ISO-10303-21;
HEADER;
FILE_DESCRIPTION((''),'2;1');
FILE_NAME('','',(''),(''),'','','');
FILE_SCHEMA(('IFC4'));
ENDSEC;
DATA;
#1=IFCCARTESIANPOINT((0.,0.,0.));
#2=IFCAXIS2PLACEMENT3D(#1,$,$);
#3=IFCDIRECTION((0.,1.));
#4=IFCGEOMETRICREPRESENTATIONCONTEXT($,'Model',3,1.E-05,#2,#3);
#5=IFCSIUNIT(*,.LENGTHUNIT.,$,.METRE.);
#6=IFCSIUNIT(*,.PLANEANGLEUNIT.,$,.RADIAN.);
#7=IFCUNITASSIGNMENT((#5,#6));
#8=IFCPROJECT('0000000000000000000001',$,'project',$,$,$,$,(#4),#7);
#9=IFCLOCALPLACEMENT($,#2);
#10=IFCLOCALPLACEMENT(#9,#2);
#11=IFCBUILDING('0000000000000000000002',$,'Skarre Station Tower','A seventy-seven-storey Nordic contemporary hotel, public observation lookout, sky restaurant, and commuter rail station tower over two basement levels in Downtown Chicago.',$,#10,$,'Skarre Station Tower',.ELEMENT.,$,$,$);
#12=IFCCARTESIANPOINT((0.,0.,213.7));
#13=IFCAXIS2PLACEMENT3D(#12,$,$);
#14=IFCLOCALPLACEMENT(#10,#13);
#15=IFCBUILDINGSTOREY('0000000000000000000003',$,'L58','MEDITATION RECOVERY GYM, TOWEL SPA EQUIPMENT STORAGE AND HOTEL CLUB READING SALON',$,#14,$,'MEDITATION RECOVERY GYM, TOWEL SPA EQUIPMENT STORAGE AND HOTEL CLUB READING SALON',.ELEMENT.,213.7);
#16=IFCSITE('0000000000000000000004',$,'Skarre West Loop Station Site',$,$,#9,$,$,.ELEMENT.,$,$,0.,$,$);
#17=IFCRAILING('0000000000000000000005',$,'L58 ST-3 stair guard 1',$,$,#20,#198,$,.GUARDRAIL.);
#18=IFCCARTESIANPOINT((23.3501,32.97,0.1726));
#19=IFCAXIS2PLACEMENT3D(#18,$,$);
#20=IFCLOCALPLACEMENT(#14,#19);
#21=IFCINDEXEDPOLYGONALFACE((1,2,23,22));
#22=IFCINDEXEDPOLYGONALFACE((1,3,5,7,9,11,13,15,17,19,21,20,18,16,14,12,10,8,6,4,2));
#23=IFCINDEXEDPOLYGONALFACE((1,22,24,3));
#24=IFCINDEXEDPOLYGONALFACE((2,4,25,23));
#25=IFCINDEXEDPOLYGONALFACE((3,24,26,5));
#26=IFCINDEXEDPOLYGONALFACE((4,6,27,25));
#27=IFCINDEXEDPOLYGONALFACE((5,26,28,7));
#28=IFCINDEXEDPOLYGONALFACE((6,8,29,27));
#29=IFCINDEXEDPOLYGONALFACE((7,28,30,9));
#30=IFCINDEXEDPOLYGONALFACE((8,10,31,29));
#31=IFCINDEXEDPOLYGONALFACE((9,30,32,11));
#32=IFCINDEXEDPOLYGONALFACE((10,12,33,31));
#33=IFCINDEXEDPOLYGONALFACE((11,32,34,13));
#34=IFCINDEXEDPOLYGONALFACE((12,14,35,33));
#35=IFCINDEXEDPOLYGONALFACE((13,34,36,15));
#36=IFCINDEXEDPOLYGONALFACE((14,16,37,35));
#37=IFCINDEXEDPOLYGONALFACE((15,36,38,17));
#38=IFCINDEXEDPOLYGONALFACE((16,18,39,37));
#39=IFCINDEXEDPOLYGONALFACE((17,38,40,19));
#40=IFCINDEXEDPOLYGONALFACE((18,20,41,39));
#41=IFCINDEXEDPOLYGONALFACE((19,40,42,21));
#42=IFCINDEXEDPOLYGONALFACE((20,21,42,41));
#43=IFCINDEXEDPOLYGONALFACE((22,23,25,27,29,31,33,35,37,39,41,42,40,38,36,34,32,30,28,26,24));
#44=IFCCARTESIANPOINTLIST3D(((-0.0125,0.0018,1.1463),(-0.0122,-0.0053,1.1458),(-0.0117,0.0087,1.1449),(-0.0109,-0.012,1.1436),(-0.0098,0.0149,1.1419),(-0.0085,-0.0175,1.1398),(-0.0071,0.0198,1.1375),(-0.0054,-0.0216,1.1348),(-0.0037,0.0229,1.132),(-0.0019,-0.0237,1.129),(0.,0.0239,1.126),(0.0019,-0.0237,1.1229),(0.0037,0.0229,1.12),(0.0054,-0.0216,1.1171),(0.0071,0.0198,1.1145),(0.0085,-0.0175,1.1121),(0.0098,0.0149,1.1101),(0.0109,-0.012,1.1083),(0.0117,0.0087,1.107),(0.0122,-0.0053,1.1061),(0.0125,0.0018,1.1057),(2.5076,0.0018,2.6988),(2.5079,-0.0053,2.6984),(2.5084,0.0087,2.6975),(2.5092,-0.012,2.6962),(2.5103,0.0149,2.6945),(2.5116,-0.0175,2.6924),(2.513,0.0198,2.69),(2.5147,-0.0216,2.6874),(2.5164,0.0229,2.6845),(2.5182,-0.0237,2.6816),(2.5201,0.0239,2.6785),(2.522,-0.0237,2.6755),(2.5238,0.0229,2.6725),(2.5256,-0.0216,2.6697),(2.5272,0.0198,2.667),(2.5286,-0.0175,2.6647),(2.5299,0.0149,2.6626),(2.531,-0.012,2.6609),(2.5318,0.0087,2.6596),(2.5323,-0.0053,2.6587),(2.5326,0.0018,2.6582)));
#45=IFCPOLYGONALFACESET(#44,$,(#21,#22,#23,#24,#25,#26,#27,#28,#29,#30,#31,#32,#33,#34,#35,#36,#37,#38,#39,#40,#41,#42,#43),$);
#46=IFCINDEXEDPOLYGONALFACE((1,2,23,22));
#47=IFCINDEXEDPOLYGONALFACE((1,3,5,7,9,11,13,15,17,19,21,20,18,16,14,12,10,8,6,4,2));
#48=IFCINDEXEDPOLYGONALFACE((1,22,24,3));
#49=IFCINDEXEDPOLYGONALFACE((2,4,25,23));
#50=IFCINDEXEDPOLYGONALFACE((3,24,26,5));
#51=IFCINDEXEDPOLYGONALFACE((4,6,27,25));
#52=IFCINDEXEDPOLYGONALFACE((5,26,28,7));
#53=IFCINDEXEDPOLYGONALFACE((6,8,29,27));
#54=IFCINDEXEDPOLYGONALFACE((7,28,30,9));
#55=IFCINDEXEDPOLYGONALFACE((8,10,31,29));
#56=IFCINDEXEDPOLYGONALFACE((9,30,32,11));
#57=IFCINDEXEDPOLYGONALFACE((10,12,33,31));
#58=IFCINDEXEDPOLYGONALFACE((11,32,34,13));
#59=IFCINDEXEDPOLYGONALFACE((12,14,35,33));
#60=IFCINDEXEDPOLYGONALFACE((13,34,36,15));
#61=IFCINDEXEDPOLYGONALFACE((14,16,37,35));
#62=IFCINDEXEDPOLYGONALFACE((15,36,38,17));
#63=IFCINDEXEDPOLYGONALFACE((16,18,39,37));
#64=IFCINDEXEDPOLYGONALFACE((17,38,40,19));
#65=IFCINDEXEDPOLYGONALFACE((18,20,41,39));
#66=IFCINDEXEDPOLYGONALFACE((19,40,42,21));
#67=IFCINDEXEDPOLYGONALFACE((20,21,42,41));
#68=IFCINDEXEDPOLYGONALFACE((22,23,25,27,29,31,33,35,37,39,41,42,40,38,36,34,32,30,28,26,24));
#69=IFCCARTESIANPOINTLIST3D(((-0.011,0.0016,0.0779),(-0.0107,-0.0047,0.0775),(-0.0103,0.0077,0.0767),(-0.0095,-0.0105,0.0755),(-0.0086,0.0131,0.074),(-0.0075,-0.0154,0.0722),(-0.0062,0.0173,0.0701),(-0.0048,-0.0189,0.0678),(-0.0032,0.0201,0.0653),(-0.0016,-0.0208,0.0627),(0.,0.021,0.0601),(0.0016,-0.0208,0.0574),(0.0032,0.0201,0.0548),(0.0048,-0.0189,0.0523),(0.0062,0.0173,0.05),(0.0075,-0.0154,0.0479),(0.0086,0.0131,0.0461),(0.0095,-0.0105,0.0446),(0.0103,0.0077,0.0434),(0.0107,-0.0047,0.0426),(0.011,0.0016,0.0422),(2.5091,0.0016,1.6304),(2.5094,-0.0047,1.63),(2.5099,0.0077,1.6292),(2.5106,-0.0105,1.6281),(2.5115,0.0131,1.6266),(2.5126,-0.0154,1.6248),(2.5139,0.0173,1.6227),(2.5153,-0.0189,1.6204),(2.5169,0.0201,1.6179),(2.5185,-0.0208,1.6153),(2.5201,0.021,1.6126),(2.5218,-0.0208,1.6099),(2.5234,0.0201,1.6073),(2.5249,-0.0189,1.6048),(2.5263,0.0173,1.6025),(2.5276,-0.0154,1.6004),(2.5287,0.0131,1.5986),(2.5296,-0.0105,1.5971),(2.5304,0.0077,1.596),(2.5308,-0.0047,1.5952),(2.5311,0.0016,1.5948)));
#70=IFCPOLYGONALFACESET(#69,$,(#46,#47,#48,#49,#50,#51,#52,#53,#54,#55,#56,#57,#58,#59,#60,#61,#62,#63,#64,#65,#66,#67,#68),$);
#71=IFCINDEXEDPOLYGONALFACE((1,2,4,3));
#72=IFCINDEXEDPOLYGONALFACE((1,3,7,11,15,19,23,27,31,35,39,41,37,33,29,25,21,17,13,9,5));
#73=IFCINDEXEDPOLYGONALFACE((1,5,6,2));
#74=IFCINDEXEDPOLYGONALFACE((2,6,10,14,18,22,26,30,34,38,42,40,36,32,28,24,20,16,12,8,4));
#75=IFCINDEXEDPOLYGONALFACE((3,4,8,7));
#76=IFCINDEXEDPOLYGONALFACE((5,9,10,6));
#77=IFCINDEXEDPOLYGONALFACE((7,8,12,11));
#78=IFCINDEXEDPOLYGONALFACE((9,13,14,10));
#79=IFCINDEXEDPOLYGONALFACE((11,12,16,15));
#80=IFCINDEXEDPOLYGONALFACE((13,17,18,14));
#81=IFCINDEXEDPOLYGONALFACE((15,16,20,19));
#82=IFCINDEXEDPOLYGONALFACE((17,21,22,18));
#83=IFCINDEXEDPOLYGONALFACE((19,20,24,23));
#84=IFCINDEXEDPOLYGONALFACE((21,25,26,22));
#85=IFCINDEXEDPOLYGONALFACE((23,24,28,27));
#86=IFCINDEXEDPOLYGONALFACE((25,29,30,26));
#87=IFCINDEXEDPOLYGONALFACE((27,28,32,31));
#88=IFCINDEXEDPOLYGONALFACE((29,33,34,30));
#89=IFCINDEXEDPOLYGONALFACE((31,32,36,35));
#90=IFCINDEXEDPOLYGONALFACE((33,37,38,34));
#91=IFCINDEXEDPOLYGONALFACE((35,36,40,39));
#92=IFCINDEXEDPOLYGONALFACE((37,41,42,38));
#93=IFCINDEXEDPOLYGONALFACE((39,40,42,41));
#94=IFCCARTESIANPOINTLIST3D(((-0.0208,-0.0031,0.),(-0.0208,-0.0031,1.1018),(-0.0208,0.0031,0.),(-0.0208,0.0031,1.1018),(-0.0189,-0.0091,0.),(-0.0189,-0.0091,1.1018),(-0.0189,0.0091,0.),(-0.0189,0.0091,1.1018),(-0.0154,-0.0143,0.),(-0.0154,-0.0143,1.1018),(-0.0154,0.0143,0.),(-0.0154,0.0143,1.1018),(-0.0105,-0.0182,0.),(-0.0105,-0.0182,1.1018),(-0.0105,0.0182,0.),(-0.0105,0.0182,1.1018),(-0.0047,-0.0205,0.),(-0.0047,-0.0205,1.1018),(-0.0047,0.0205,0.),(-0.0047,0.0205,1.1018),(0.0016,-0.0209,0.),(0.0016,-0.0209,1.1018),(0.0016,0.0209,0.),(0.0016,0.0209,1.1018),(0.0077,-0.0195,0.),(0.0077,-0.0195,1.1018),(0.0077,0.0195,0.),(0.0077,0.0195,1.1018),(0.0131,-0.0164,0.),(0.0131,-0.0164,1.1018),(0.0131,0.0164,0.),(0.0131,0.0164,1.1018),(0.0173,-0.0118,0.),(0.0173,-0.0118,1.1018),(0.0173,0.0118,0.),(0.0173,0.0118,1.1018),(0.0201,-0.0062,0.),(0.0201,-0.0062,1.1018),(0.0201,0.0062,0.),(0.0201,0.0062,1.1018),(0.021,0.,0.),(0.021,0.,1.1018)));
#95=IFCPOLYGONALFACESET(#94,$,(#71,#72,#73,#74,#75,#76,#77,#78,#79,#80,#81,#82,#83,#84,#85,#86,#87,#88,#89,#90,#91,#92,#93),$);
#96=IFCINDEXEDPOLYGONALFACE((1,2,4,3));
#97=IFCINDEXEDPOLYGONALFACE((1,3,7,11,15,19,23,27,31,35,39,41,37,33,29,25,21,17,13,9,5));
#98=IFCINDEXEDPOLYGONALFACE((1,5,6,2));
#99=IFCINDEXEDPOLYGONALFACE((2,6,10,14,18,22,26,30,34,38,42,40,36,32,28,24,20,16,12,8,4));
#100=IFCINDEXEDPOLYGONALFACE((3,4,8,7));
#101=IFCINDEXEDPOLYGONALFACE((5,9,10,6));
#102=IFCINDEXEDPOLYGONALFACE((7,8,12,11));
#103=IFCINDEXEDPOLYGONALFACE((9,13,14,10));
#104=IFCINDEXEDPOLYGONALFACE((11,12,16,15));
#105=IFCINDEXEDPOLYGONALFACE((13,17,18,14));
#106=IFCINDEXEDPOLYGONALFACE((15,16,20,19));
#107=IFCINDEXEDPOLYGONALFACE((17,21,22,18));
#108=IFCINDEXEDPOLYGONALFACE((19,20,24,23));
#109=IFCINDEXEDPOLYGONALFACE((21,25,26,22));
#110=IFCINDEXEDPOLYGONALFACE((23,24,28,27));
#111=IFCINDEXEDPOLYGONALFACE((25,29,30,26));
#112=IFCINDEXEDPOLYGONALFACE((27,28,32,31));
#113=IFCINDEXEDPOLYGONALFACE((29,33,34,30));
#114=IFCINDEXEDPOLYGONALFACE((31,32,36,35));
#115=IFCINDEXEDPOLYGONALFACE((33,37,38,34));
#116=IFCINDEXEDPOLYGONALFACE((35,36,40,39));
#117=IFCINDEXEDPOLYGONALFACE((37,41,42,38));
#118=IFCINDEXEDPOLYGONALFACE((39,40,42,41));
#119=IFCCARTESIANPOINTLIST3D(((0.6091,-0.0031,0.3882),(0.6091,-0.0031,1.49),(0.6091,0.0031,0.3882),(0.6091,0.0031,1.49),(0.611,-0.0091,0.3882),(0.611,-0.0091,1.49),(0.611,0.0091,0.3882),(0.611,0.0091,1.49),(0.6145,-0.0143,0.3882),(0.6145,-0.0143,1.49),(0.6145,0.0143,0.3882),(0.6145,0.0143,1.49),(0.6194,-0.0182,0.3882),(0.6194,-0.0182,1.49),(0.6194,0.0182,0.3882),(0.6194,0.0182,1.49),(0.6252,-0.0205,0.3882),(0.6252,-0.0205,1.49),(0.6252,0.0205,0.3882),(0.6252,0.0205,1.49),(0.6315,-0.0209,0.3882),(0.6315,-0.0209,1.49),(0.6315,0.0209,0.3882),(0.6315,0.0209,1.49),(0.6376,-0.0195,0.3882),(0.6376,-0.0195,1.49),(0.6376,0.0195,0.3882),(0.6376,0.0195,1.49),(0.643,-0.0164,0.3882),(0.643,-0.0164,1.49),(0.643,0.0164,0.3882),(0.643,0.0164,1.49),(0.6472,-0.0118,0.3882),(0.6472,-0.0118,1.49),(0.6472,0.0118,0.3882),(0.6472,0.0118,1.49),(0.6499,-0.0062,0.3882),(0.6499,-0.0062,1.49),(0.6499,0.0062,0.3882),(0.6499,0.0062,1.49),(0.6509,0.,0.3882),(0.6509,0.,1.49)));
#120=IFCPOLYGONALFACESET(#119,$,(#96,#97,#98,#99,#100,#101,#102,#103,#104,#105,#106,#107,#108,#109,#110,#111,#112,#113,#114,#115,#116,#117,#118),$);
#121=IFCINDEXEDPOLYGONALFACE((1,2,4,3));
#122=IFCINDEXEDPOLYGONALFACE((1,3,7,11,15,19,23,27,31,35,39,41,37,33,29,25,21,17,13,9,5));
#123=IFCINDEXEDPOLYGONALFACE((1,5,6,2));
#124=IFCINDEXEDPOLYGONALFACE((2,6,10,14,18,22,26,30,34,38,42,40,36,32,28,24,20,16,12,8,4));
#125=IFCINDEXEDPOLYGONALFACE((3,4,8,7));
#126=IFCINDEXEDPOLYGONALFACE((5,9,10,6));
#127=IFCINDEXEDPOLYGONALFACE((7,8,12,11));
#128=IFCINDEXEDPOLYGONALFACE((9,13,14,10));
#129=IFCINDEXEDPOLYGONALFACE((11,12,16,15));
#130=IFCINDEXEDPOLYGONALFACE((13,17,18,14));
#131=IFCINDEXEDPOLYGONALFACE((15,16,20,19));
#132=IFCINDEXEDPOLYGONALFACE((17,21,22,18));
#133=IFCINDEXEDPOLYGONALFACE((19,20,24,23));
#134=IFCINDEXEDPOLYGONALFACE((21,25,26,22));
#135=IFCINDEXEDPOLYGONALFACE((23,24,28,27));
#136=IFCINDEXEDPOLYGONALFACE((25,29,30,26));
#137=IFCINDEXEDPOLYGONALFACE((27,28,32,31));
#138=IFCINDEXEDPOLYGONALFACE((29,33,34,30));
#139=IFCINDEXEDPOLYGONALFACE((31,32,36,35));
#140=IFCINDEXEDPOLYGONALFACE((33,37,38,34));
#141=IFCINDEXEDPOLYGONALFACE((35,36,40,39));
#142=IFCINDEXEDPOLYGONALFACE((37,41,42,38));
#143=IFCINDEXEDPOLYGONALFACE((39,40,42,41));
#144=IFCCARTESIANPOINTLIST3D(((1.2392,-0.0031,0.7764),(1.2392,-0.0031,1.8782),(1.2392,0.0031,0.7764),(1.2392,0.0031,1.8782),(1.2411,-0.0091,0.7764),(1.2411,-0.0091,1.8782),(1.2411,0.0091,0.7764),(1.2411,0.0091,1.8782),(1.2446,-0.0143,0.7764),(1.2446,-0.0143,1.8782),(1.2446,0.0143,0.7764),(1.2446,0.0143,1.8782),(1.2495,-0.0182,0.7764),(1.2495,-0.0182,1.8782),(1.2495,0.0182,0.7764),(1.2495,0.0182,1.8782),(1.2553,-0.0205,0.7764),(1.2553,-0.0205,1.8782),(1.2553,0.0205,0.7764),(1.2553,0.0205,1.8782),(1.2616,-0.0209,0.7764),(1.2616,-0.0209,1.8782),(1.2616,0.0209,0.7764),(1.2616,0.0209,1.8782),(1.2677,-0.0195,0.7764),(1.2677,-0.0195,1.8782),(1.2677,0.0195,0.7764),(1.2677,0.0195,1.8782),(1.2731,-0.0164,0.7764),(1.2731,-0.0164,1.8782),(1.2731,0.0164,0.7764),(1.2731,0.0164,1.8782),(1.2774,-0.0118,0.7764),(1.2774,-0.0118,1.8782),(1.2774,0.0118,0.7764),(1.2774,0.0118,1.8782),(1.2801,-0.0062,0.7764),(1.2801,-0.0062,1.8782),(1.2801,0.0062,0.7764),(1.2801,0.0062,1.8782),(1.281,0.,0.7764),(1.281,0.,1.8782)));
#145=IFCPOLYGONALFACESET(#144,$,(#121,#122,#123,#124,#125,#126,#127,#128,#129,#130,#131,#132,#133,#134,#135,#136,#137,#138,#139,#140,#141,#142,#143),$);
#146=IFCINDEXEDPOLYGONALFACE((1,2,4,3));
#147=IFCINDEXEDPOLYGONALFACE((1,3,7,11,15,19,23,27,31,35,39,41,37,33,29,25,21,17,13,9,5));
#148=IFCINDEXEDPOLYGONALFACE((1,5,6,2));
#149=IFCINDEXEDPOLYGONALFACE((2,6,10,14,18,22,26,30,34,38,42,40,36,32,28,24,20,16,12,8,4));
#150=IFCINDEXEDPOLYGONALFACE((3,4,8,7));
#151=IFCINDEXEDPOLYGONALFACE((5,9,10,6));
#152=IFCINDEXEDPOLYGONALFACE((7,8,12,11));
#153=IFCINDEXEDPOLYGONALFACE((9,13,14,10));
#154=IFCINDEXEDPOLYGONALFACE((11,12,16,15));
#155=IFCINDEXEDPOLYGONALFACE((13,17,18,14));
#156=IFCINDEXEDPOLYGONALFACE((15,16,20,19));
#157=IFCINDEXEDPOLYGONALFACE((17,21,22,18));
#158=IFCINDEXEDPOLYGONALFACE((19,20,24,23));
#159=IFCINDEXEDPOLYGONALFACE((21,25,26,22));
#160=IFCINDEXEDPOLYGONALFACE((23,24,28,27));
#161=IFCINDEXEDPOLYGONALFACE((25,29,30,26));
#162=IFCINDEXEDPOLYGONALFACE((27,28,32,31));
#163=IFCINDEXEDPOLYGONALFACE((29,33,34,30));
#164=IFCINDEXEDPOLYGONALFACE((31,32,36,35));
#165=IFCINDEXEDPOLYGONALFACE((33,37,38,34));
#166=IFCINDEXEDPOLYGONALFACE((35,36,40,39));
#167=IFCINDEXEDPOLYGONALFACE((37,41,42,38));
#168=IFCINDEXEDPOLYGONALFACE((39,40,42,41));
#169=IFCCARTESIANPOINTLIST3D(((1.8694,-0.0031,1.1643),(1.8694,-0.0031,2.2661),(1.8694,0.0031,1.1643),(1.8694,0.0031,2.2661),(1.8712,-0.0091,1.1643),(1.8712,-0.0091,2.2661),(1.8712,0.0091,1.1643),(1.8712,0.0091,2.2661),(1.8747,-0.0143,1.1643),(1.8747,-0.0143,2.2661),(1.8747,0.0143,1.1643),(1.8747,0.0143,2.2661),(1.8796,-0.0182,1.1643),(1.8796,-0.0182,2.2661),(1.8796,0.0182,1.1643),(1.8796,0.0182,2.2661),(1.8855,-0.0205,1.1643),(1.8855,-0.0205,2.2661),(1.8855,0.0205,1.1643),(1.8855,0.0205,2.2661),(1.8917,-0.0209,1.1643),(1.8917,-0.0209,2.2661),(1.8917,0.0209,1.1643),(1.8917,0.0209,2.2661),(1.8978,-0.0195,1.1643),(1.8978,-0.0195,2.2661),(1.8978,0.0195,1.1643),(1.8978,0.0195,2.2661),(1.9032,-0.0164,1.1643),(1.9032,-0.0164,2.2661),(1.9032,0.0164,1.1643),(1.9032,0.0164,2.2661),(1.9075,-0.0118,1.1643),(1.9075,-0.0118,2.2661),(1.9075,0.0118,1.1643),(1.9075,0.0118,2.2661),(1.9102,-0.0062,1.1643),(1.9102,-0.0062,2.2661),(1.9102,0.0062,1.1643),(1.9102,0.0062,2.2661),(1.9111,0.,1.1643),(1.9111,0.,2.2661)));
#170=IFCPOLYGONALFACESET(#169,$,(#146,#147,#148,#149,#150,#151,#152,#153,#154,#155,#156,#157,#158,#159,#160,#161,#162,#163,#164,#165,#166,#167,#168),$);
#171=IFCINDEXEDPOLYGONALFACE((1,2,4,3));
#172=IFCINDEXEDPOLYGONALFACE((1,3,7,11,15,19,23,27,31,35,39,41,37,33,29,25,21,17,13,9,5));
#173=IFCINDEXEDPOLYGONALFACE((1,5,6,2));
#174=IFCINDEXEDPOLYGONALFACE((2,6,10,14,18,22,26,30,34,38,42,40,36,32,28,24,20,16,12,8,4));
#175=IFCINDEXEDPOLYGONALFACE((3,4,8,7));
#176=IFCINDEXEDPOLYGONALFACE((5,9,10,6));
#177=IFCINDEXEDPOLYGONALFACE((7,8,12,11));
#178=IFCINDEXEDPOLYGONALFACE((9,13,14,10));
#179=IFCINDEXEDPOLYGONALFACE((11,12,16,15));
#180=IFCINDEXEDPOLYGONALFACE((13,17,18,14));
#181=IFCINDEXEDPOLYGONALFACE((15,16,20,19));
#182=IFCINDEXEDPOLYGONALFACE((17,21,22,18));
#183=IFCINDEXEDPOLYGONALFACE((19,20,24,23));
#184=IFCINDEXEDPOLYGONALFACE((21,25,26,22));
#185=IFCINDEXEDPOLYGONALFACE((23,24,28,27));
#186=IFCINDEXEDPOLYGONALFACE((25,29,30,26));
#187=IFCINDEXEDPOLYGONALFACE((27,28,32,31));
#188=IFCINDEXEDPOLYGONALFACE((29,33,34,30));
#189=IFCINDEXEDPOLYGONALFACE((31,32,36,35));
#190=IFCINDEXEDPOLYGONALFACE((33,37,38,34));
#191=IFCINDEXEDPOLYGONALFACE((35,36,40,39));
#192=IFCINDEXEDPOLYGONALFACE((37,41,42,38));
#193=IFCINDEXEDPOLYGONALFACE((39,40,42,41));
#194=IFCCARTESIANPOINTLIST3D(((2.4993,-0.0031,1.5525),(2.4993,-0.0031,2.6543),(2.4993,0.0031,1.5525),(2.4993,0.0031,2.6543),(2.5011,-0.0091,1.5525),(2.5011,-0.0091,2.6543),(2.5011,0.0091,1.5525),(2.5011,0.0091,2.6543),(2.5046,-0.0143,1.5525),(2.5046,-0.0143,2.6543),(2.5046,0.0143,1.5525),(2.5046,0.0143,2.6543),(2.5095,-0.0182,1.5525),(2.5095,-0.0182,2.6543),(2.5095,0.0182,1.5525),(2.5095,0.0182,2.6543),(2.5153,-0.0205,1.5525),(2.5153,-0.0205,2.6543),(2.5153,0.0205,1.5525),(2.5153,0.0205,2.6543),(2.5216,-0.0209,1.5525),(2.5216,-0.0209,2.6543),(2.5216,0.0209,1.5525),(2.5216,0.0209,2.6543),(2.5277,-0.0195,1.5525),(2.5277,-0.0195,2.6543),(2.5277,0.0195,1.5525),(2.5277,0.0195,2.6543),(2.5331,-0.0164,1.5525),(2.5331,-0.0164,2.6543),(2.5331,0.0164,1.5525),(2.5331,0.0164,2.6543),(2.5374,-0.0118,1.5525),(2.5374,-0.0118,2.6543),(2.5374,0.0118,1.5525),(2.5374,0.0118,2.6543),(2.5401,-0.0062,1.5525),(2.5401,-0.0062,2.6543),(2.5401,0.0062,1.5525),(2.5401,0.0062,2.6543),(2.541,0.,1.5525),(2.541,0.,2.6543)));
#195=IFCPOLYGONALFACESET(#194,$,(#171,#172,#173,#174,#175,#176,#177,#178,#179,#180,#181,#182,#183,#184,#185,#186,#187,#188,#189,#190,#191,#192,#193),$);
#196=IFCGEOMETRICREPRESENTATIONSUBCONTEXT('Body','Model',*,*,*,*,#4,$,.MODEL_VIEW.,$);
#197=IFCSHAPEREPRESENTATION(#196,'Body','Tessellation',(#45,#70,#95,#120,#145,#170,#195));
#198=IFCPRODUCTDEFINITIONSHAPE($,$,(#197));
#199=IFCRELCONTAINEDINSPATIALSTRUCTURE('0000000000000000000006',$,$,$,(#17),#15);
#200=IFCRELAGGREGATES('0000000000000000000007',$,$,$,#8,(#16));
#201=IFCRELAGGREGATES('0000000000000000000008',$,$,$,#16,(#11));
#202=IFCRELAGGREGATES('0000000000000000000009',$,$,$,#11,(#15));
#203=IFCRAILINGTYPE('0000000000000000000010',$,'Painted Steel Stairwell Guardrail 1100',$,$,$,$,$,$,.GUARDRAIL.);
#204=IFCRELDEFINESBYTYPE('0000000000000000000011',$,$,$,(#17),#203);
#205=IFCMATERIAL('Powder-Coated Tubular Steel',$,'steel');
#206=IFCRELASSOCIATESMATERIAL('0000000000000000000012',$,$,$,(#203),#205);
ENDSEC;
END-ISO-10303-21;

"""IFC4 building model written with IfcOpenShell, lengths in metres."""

from ifc_helpers import new_model, si_unit, direction, frame, origin, origin_2d, place, context, subcontext, project, spatial, circle, extrude, material, type_object, element, save


model = new_model("IFC4")

# Units and contexts
model_context = context("Model", 3, precision=1e-05, world=origin(), true_north=direction((0.0, 1.0)))
body_context = subcontext(model_context, "Body", "Model", "MODEL_VIEW")
ifc_project = project(units=[si_unit("LENGTHUNIT", "METRE"), si_unit("PLANEANGLEUNIT", "RADIAN")], contexts=[model_context])

# Site, building, storey
site_placement = place(None, origin())
site = spatial("IfcSite", under=ifc_project, at=site_placement, Name="Skarre West Loop Station Site", CompositionType="ELEMENT", RefElevation=0.0)
building_placement = place(site_placement, origin())
building = spatial("IfcBuilding", under=site, at=building_placement, Name="Skarre Station Tower", Description="A seventy-seven-storey Nordic contemporary hotel, public observation lookout, sky restaurant, and commuter rail station tower over two basement levels in Downtown Chicago.", LongName="Skarre Station Tower", CompositionType="ELEMENT")
storey_placement = place(building_placement, frame((0.0, 0.0, 213.7)))
storey = spatial("IfcBuildingStorey", under=building, at=storey_placement, Name="L58", Description="MEDITATION RECOVERY GYM, TOWEL SPA EQUIPMENT STORAGE AND HOTEL CLUB READING SALON", LongName="MEDITATION RECOVERY GYM, TOWEL SPA EQUIPMENT STORAGE AND HOTEL CLUB READING SALON", CompositionType="ELEMENT", Elevation=213.7)

# Railing
ifc_material_1 = material(Name="Powder-Coated Tubular Steel", Category="steel")
railing_type_1 = type_object("IfcRailingType", Name="Painted Steel Stairwell Guardrail 1100", PredefinedType="GUARDRAIL", material=ifc_material_1)
railing_1_placement = place(storey_placement, frame((23.3501, 32.97, 0.1726)))
element("IfcRailing", 1, at=railing_1_placement, inside=storey, type_object=railing_type_1, Name="L58 ST-3 stair guard 1", PredefinedType="GUARDRAIL", context=body_context, shape_type="SweptSolid", body=[
    extrude(circle(Radius=0.0239, at=origin_2d()), frame((0.0, 0.0, 1.126), z_axis=(0.8514, 0.0, 0.524516), x_axis=(0.0, 1.0, 0.0)), (0.0, 0.0, 1.0), 2.96),
    extrude(circle(Radius=0.021, at=origin_2d()), frame((0.0, 0.0, 0.0601), z_axis=(0.8514, 0.0, 0.524516), x_axis=(0.0, 1.0, 0.0)), (0.0, 0.0, 1.0), 2.96),
    extrude(circle(Radius=0.021, at=origin_2d()), origin(), (0.0, 0.0, 1.0), 1.1018),
    extrude(circle(Radius=0.021, at=origin_2d()), frame((0.6299, 0.0, 0.3882)), (0.0, 0.0, 1.0), 1.1018),
    extrude(circle(Radius=0.021, at=origin_2d()), frame((1.26, 0.0, 0.7764)), (0.0, 0.0, 1.0), 1.1018),
    extrude(circle(Radius=0.021, at=origin_2d()), frame((1.8901, 0.0, 1.1643)), (0.0, 0.0, 1.0), 1.1018),
    extrude(circle(Radius=0.021, at=origin_2d()), frame((2.52, 0.0, 1.5525)), (0.0, 0.0, 1.0), 1.1018),
])

save(model, "model.ifc")
